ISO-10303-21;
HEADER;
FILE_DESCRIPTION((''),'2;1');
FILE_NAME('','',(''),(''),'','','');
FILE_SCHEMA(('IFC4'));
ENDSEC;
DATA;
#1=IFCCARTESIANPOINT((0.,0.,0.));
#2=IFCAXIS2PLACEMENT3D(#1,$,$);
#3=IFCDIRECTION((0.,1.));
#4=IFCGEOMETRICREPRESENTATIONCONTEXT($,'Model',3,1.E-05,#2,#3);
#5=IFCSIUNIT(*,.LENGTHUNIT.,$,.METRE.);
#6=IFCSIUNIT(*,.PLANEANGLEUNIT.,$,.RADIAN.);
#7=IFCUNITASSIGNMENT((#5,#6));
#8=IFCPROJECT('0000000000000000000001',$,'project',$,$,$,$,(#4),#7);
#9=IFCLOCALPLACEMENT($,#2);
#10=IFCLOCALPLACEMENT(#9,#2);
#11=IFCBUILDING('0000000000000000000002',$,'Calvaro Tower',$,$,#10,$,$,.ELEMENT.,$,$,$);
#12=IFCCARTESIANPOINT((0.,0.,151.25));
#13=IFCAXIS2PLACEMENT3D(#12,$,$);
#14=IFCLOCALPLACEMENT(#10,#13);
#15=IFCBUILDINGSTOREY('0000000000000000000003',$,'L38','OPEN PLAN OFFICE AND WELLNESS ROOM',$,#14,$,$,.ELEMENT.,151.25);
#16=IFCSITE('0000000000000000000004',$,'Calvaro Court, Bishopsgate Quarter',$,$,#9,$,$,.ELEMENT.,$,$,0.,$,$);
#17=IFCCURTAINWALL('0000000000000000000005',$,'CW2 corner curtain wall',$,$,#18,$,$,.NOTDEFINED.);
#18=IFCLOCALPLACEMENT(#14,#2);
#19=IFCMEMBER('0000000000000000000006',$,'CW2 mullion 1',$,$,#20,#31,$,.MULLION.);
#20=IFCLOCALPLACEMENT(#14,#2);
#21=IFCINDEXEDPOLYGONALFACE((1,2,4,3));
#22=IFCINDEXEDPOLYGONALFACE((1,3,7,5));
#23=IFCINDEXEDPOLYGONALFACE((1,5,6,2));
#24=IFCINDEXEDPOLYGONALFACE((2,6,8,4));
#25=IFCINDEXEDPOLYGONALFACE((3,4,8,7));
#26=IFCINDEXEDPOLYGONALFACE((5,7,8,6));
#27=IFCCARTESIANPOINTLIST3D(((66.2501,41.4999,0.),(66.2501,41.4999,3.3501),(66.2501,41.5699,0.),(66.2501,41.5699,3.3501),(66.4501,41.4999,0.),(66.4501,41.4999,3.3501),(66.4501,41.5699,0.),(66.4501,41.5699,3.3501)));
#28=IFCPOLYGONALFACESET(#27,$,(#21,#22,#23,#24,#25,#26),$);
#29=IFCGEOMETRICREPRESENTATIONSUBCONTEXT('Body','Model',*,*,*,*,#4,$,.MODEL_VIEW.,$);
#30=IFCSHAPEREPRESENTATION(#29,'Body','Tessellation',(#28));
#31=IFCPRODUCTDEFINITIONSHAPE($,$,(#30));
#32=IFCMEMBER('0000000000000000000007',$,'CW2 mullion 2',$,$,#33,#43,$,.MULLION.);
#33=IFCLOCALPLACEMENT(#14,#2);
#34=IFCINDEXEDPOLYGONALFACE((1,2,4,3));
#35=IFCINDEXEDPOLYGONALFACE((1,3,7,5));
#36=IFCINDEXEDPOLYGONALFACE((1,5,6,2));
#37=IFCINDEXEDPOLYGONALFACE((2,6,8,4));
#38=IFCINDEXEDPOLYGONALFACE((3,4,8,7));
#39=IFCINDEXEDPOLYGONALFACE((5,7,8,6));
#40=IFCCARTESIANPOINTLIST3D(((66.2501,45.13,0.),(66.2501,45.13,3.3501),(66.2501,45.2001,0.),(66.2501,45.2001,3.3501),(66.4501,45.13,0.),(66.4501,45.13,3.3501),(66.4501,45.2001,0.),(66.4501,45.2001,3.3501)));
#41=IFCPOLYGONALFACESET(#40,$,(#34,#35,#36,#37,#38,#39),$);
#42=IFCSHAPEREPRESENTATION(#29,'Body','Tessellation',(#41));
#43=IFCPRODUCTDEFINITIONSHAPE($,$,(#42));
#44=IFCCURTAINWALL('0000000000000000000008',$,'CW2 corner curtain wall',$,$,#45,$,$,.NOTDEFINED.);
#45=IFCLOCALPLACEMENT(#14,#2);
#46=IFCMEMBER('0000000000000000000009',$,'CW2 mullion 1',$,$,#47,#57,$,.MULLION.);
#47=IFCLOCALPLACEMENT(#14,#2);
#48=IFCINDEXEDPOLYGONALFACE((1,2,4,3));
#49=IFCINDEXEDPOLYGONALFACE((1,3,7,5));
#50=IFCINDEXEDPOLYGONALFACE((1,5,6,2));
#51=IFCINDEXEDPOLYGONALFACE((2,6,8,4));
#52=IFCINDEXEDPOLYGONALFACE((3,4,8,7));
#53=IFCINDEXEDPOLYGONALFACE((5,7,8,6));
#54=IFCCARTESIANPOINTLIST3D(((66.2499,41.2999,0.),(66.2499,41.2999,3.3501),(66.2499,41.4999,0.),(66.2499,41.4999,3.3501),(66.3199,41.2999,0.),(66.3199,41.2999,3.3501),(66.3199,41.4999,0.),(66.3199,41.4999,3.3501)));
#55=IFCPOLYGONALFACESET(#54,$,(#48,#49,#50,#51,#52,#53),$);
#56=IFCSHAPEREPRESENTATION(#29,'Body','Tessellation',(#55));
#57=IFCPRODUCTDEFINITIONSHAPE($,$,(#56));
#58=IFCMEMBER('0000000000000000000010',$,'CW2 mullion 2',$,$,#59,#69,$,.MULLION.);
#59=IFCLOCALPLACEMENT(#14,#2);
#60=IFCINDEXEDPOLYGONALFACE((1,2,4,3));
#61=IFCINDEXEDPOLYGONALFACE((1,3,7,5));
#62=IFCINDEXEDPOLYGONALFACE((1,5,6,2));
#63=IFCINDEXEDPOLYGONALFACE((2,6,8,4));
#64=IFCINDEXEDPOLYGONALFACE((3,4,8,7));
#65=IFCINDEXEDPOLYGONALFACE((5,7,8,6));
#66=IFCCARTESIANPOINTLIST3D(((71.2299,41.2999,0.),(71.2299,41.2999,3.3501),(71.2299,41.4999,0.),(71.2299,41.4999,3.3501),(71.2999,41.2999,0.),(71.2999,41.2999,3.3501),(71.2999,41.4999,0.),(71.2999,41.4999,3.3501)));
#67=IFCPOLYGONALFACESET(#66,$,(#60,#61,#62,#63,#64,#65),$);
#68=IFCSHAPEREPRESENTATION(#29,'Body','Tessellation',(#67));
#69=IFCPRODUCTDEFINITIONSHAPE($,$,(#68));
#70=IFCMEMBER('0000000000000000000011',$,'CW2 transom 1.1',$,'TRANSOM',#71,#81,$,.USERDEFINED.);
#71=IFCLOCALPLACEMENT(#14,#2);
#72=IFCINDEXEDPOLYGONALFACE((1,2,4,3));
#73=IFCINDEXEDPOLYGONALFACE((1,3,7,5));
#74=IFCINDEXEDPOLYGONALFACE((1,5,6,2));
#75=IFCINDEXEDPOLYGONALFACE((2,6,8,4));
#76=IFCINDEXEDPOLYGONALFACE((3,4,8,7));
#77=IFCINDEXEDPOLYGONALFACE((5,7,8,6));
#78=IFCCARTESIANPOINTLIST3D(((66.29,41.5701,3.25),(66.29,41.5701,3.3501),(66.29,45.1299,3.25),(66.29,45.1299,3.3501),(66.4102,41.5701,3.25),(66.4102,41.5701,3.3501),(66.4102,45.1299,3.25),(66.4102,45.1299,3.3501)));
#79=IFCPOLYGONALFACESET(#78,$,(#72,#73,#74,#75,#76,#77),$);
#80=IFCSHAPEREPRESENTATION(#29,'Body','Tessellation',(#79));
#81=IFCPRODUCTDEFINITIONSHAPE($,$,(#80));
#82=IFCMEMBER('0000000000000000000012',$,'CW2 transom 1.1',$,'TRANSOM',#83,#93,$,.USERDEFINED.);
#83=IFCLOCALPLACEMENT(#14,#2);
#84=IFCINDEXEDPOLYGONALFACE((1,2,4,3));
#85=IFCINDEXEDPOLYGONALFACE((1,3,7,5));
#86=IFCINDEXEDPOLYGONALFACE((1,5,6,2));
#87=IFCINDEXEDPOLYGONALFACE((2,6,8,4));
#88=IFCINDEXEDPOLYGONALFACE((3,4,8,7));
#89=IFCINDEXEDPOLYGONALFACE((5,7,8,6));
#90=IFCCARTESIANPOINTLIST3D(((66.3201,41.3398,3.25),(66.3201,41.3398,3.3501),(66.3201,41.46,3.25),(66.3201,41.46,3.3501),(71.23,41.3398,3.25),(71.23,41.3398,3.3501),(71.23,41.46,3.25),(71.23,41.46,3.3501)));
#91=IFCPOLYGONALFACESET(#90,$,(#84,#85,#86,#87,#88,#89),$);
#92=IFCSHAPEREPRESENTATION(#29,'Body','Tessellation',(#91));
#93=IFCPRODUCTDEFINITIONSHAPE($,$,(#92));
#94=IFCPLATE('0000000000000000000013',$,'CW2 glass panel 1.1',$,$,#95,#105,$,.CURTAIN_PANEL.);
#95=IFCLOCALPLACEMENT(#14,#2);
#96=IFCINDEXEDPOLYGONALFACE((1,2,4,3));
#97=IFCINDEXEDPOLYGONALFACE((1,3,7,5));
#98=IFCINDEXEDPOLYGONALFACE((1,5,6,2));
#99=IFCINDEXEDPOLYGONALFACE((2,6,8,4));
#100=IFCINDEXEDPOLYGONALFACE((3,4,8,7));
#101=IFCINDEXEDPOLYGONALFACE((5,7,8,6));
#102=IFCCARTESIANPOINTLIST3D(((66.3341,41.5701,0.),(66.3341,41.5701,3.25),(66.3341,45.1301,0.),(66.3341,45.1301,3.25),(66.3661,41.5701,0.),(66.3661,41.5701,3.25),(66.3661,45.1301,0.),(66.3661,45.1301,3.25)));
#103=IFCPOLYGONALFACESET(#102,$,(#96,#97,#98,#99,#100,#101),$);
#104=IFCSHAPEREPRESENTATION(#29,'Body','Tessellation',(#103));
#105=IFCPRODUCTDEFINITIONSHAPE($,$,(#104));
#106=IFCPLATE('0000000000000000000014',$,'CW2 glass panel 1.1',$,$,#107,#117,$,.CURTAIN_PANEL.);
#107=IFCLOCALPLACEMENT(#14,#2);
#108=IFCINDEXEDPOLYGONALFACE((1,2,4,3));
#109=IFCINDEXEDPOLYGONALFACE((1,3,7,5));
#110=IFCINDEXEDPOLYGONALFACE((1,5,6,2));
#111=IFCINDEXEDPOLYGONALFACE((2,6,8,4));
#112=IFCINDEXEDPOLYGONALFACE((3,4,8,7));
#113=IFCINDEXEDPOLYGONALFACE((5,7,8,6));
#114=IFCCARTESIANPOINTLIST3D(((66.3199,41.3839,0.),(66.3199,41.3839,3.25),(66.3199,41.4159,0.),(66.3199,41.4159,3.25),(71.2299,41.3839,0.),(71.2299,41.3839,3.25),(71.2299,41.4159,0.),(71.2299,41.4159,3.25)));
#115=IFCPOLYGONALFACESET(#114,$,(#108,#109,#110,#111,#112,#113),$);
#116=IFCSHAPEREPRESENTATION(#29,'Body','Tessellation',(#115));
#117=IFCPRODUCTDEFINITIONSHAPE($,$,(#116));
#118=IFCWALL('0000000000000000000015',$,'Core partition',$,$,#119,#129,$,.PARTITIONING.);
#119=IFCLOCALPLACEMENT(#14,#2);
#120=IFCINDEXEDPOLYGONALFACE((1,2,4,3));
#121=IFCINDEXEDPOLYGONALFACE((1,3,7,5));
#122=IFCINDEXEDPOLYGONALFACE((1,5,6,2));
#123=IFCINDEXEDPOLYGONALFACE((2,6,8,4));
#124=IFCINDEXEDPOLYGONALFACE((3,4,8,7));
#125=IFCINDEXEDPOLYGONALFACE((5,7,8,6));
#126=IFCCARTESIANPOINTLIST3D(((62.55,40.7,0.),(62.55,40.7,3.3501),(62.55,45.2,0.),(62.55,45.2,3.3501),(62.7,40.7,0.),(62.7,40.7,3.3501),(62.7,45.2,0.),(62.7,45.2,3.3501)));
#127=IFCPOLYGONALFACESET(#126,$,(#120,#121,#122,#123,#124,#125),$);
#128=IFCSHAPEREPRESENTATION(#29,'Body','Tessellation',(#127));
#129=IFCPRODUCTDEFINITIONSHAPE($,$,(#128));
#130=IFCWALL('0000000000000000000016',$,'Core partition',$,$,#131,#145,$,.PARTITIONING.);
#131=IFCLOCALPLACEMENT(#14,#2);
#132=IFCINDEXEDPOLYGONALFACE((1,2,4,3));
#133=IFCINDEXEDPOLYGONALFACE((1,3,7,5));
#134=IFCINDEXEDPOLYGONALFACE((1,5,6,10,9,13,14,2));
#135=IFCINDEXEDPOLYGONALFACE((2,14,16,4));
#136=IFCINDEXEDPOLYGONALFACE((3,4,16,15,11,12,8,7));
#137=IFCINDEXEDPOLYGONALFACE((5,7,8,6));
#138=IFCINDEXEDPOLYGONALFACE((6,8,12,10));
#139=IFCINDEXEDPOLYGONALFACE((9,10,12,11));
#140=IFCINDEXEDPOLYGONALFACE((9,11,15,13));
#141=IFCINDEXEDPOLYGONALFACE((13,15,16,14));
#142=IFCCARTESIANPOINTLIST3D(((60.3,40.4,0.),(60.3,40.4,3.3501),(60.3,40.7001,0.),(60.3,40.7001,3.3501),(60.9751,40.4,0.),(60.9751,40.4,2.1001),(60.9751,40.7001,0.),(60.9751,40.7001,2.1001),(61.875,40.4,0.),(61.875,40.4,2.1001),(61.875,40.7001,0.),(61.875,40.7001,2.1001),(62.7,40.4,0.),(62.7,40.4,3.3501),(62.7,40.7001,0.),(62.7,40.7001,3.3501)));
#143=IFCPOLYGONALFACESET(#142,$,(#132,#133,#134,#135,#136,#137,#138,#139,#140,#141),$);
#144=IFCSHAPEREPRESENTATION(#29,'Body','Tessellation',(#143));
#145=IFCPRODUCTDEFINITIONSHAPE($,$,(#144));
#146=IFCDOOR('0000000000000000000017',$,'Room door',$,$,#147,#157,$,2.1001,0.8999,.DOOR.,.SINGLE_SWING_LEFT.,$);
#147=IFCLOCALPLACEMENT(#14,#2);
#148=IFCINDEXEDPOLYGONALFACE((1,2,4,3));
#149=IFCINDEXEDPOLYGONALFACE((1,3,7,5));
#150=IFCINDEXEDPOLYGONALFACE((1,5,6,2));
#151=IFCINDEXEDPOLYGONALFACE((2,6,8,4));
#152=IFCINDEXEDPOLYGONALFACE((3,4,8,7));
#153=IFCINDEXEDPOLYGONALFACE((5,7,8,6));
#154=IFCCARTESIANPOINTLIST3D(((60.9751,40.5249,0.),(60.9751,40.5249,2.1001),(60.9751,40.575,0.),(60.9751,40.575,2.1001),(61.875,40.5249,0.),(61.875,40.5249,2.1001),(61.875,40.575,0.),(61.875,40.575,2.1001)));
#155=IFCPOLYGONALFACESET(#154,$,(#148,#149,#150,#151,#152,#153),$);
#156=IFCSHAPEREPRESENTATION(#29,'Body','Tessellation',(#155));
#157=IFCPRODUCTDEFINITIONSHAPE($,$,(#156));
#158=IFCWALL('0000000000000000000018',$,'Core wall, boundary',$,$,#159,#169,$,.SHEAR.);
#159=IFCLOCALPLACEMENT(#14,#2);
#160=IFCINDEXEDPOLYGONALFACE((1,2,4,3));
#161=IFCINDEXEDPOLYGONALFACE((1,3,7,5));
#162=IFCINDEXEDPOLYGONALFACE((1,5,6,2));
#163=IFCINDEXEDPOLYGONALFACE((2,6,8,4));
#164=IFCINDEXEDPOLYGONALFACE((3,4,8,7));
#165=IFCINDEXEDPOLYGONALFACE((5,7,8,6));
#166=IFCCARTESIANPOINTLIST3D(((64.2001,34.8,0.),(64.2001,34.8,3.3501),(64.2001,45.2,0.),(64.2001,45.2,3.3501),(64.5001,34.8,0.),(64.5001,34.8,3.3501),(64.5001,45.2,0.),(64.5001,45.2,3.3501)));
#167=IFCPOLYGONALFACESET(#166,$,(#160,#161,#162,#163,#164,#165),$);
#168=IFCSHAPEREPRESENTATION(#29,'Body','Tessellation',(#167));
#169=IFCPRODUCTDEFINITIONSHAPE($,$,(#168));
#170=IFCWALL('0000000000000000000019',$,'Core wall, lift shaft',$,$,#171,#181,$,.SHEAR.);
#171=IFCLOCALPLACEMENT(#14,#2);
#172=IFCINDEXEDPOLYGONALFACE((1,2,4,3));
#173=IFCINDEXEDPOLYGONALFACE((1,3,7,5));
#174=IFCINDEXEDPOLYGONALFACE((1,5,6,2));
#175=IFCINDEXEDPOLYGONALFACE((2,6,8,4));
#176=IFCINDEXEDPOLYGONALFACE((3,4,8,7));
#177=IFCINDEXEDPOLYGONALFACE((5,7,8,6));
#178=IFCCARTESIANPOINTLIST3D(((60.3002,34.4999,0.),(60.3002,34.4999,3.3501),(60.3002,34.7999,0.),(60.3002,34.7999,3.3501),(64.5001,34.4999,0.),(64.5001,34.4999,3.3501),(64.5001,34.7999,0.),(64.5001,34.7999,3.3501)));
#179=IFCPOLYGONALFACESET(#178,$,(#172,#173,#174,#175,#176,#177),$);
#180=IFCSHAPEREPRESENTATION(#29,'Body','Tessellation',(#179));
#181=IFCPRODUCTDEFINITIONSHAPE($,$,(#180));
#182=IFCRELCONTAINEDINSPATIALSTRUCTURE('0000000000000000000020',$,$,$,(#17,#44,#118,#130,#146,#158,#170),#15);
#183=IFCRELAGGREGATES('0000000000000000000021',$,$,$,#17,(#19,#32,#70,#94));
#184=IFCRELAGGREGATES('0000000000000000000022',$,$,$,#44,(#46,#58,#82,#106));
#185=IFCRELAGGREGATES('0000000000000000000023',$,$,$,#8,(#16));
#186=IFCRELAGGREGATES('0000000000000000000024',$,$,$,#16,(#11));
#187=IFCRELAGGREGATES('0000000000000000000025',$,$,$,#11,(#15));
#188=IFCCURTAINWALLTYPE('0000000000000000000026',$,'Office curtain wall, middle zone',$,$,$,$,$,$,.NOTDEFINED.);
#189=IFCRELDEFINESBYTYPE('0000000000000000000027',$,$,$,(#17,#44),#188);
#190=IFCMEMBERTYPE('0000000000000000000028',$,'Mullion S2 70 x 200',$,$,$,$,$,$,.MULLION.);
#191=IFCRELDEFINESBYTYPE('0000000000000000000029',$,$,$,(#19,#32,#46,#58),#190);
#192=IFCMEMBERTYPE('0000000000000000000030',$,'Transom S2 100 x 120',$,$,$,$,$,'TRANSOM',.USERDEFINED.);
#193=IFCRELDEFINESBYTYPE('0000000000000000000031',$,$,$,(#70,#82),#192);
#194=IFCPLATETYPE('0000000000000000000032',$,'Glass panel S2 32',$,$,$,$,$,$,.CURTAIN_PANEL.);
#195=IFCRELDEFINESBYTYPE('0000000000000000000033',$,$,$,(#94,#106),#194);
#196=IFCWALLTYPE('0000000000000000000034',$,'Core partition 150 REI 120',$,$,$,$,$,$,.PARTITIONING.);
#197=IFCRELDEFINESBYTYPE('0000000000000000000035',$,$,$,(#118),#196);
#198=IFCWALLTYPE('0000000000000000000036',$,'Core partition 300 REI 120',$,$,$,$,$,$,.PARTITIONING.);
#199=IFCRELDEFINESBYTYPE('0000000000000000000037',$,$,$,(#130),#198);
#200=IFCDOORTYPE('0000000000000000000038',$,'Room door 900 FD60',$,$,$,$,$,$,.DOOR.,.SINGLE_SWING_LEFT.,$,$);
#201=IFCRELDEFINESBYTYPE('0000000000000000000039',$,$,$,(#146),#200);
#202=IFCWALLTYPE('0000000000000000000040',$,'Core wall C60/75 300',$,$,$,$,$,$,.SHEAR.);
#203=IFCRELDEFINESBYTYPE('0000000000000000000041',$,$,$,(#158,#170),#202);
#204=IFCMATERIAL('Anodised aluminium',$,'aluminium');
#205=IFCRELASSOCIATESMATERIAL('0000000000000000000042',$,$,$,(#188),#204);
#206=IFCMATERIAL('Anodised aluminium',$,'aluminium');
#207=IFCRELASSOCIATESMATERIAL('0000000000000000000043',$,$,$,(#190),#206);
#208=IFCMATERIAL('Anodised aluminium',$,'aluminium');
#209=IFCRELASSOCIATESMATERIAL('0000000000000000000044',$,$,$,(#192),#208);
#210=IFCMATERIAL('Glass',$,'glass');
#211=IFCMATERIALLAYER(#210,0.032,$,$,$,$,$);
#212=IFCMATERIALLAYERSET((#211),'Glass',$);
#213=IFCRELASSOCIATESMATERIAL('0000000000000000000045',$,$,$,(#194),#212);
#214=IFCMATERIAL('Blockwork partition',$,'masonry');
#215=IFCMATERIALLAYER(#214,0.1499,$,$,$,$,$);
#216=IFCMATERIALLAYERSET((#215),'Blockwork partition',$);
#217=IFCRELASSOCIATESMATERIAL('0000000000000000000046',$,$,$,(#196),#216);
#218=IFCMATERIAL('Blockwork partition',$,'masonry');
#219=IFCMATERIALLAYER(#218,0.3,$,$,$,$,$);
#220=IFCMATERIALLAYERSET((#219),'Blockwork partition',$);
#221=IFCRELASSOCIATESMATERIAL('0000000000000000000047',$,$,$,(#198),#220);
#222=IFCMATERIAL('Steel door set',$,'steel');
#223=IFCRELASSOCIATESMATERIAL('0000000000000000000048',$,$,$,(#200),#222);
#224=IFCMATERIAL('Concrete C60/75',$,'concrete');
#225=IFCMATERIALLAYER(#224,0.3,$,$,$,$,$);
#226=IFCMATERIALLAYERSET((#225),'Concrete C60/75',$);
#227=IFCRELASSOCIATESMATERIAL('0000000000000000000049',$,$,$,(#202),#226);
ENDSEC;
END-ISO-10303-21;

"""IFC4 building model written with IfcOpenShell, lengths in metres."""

from ifc_helpers import new_model, si_unit, direction, frame, frame_2d, origin, origin_2d, place, context, subcontext, project, spatial, rectangle, extrude, material, layer, layer_set, material_profile, profile_set, type_object, element, fill, aggregate, save


model = new_model("IFC4")

# Units and contexts
model_context = context("Model", 3, precision=1e-05, world=origin(), true_north=direction((0.0, 1.0)))
body_context = subcontext(model_context, "Body", "Model", "MODEL_VIEW")
ifc_project = project(units=[si_unit("LENGTHUNIT", "METRE"), si_unit("PLANEANGLEUNIT", "RADIAN")], contexts=[model_context])

# Site, building, storey
site_placement = place(None, origin())
site = spatial("IfcSite", under=ifc_project, at=site_placement, Name="Calvaro Court, Bishopsgate Quarter", CompositionType="ELEMENT", RefElevation=0.0)
building_placement = place(site_placement, origin())
building = spatial("IfcBuilding", under=site, at=building_placement, Name="Calvaro Tower", CompositionType="ELEMENT")
storey_placement = place(building_placement, frame((0.0, 0.0, 151.25)))
storey = spatial("IfcBuildingStorey", under=building, at=storey_placement, Name="L38", Description="OPEN PLAN OFFICE AND WELLNESS ROOM", CompositionType="ELEMENT", Elevation=151.25)

# Curtain walls, members
ifc_material_1 = material(Name="Anodised aluminium", Category="aluminium")
curtain_wall_type = type_object("IfcCurtainWallType", Name="Office curtain wall, middle zone", PredefinedType="NOTDEFINED", material=ifc_material_1)
curtain_wall_1_placement = place(storey_placement, origin())
curtain_wall_1 = element("IfcCurtainWall", 1, at=curtain_wall_1_placement, inside=storey, type_object=curtain_wall_type, Name="CW2 corner curtain wall", PredefinedType="NOTDEFINED")
ifc_material_2 = material(Name="Anodised aluminium", Category="aluminium")
ifc_material_profile_1 = material_profile(ifc_material_2, rectangle(XDim=0.2, YDim=0.0701, at=origin_2d()), Name="Mullion S2 70 x 200")
ifc_profile_set_1 = profile_set([ifc_material_profile_1], Name="Anodised aluminium")
member_type_1 = type_object("IfcMemberType", Name="Mullion S2 70 x 200", PredefinedType="MULLION", material=ifc_profile_set_1)
member_1_placement = place(storey_placement, frame((66.3501, 41.5349, 0.0), z_axis=(0.0, 0.0, 1.0), x_axis=(-1.0, 0.0, 0.0)))
member_1 = element("IfcMember", 2, at=member_1_placement, type_object=member_type_1, Name="CW2 mullion 1", PredefinedType="MULLION", context=body_context, shape_type="SweptSolid", body=[
    extrude(rectangle(XDim=0.2, YDim=0.0701, at=origin_2d()), origin(), (0.0, 0.0, 1.0), 3.3501),
])
member_2_placement = place(storey_placement, frame((66.3501, 45.165, 0.0), z_axis=(0.0, 0.0, 1.0), x_axis=(-1.0, 0.0, 0.0)))
member_2 = element("IfcMember", 3, at=member_2_placement, type_object=member_type_1, Name="CW2 mullion 2", PredefinedType="MULLION", context=body_context, shape_type="SweptSolid", body=[
    extrude(rectangle(XDim=0.2, YDim=0.0701, at=origin_2d()), origin(), (0.0, 0.0, 1.0), 3.3501),
])
curtain_wall_2_placement = place(storey_placement, origin())
curtain_wall_2 = element("IfcCurtainWall", 4, at=curtain_wall_2_placement, inside=storey, type_object=curtain_wall_type, Name="CW2 corner curtain wall", PredefinedType="NOTDEFINED")
member_3_placement = place(storey_placement, frame((66.2849, 41.3999, 0.0), z_axis=(0.0, 0.0, 1.0), x_axis=(0.0, 1.0, 0.0)))
member_3 = element("IfcMember", 5, at=member_3_placement, type_object=member_type_1, Name="CW2 mullion 1", PredefinedType="MULLION", context=body_context, shape_type="SweptSolid", body=[
    extrude(rectangle(XDim=0.2, YDim=0.0701, at=origin_2d()), origin(), (0.0, 0.0, 1.0), 3.3501),
])
member_4_placement = place(storey_placement, frame((71.2649, 41.3999, 0.0), z_axis=(0.0, 0.0, 1.0), x_axis=(0.0, 1.0, 0.0)))
member_4 = element("IfcMember", 6, at=member_4_placement, type_object=member_type_1, Name="CW2 mullion 2", PredefinedType="MULLION", context=body_context, shape_type="SweptSolid", body=[
    extrude(rectangle(XDim=0.2, YDim=0.0701, at=origin_2d()), origin(), (0.0, 0.0, 1.0), 3.3501),
])

# Members
ifc_material_3 = material(Name="Anodised aluminium", Category="aluminium")
ifc_material_profile_2 = material_profile(ifc_material_3, rectangle(XDim=0.1201, YDim=0.1001, at=origin_2d()), Name="Transom S2 100 x 120")
ifc_profile_set_2 = profile_set([ifc_material_profile_2], Name="Anodised aluminium")
member_type_2 = type_object("IfcMemberType", Name="Transom S2 100 x 120", ElementType="TRANSOM", PredefinedType="USERDEFINED", material=ifc_profile_set_2)
member_5_placement = place(storey_placement, frame((66.3501, 41.5701, 3.3), z_axis=(0.0, 1.0, 0.0), x_axis=(-1.0, 0.0, 0.0)))
member_5 = element("IfcMember", 7, at=member_5_placement, type_object=member_type_2, Name="CW2 transom 1.1", ObjectType="TRANSOM", PredefinedType="USERDEFINED", context=body_context, shape_type="SweptSolid", body=[
    extrude(rectangle(XDim=0.1201, YDim=0.1001, at=origin_2d()), origin(), (0.0, 0.0, 1.0), 3.5598),
])
member_6_placement = place(storey_placement, frame((66.3201, 41.3999, 3.3), z_axis=(1.0, 0.0, 0.0), x_axis=(0.0, 1.0, 0.0)))
member_6 = element("IfcMember", 8, at=member_6_placement, type_object=member_type_2, Name="CW2 transom 1.1", ObjectType="TRANSOM", PredefinedType="USERDEFINED", context=body_context, shape_type="SweptSolid", body=[
    extrude(rectangle(XDim=0.1201, YDim=0.1001, at=origin_2d()), origin(), (0.0, 0.0, 1.0), 4.9099),
])

# Plates
ifc_material_4 = material(Name="Glass", Category="glass")
ifc_layer_1 = layer(ifc_material_4, 0.032)
ifc_layer_set_1 = layer_set([ifc_layer_1], Name="Glass")
plate_type = type_object("IfcPlateType", Name="Glass panel S2 32", PredefinedType="CURTAIN_PANEL", material=ifc_layer_set_1)
plate_1_placement = place(storey_placement, frame((66.3501, 43.3501, 0.0), z_axis=(0.0, 0.0, 1.0), x_axis=(0.0, 1.0, 0.0)))
plate_1 = element("IfcPlate", 9, at=plate_1_placement, type_object=plate_type, Name="CW2 glass panel 1.1", PredefinedType="CURTAIN_PANEL", context=body_context, shape_type="SweptSolid", body=[
    extrude(rectangle(XDim=3.5601, YDim=0.032, at=origin_2d()), origin(), (0.0, 0.0, 1.0), 3.25),
])
aggregate(curtain_wall_1, [member_1, member_2, member_5, plate_1])
plate_2_placement = place(storey_placement, frame((68.7749, 41.3999, 0.0), z_axis=(0.0, 0.0, 1.0), x_axis=(1.0, 0.0, 0.0)))
plate_2 = element("IfcPlate", 10, at=plate_2_placement, type_object=plate_type, Name="CW2 glass panel 1.1", PredefinedType="CURTAIN_PANEL", context=body_context, shape_type="SweptSolid", body=[
    extrude(rectangle(XDim=4.9099, YDim=0.032, at=origin_2d()), origin(), (0.0, 0.0, 1.0), 3.25),
])
aggregate(curtain_wall_2, [member_3, member_4, member_6, plate_2])

# Wall
ifc_material_5 = material(Name="Blockwork partition", Category="masonry")
ifc_layer_2 = layer(ifc_material_5, 0.1499)
ifc_layer_set_2 = layer_set([ifc_layer_2], Name="Blockwork partition")
wall_type_1 = type_object("IfcWallType", Name="Core partition 150 REI 120", PredefinedType="PARTITIONING", material=ifc_layer_set_2)
wall_1_placement = place(storey_placement, frame((62.625, 40.7, 0.0), z_axis=(0.0, 0.0, 1.0), x_axis=(0.0, 1.0, 0.0)))
element("IfcWall", 11, at=wall_1_placement, inside=storey, type_object=wall_type_1, Name="Core partition", PredefinedType="PARTITIONING", context=body_context, shape_type="SweptSolid", body=[
    extrude(rectangle(XDim=4.5, YDim=0.1499, at=frame_2d((2.25, 0.0))), origin(), (0.0, 0.0, 1.0), 3.3501),
])

# Wall, opening, door
ifc_material_6 = material(Name="Blockwork partition", Category="masonry")
ifc_layer_3 = layer(ifc_material_6, 0.3)
ifc_layer_set_3 = layer_set([ifc_layer_3], Name="Blockwork partition")
wall_type_2 = type_object("IfcWallType", Name="Core partition 300 REI 120", PredefinedType="PARTITIONING", material=ifc_layer_set_3)
wall_2_placement = place(storey_placement, frame((60.3, 40.55, 0.0), z_axis=(0.0, 0.0, 1.0), x_axis=(1.0, 0.0, 0.0)))
wall_2 = element("IfcWall", 12, at=wall_2_placement, inside=storey, type_object=wall_type_2, Name="Core partition", PredefinedType="PARTITIONING", context=body_context, shape_type="SweptSolid", body=[
    extrude(rectangle(XDim=2.3999, YDim=0.3, at=frame_2d((1.2, 0.0))), origin(), (0.0, 0.0, 1.0), 3.3501),
])
opening_1_placement = place(wall_2_placement, frame((0.675, 0.0, 0.0)))
opening_1 = element("IfcOpeningElement", 13, at=opening_1_placement, cuts=wall_2, PredefinedType="OPENING", context=body_context, shape_type="SweptSolid", body=[
    extrude(rectangle(XDim=0.8999, YDim=2.1001, at=frame_2d((0.45, 1.05))), frame((0.0, 0.1599, 0.0), z_axis=(0.0, -1.0, 0.0), x_axis=(1.0, 0.0, 0.0)), (0.0, 0.0, 1.0), 0.3201),
])
ifc_material_7 = material(Name="Steel door set", Category="steel")
door_type_1 = type_object("IfcDoorType", Name="Room door 900 FD60", OperationType="SINGLE_SWING_LEFT", PredefinedType="DOOR", material=ifc_material_7)
door_1_placement = place(opening_1_placement, origin())
door_1 = element("IfcDoor", 14, at=door_1_placement, inside=storey, type_object=door_type_1, Name="Room door", OperationType="SINGLE_SWING_LEFT", OverallHeight=2.1001, OverallWidth=0.8999, PredefinedType="DOOR", context=body_context, shape_type="SweptSolid", body=[
    extrude(rectangle(XDim=0.8999, YDim=2.1001, at=frame_2d((0.45, 1.05))), frame((0.0, 0.0249, 0.0), z_axis=(0.0, -1.0, 0.0), x_axis=(1.0, 0.0, 0.0)), (0.0, 0.0, 1.0), 0.05),
])
fill(opening_1, door_1)

# Walls
ifc_material_8 = material(Name="Concrete C60/75", Category="concrete")
ifc_layer_4 = layer(ifc_material_8, 0.3)
ifc_layer_set_4 = layer_set([ifc_layer_4], Name="Concrete C60/75")
wall_type_3 = type_object("IfcWallType", Name="Core wall C60/75 300", PredefinedType="SHEAR", material=ifc_layer_set_4)
wall_3_placement = place(storey_placement, frame((64.3501, 34.8, 0.0), z_axis=(0.0, 0.0, 1.0), x_axis=(0.0, 1.0, 0.0)))
element("IfcWall", 15, at=wall_3_placement, inside=storey, type_object=wall_type_3, Name="Core wall, boundary", PredefinedType="SHEAR", context=body_context, shape_type="SweptSolid", body=[
    extrude(rectangle(XDim=10.3999, YDim=0.3, at=frame_2d((5.2, 0.0))), origin(), (0.0, 0.0, 1.0), 3.3501),
])
wall_4_placement = place(storey_placement, frame((60.3, 34.6499, 0.0), z_axis=(0.0, 0.0, 1.0), x_axis=(1.0, 0.0, 0.0)))
element("IfcWall", 16, at=wall_4_placement, inside=storey, type_object=wall_type_3, Name="Core wall, lift shaft", PredefinedType="SHEAR", context=body_context, shape_type="SweptSolid", body=[
    extrude(rectangle(XDim=4.2, YDim=0.3, at=frame_2d((2.1001, 0.0))), origin(), (0.0, 0.0, 1.0), 3.3501),
])

save(model, "model.ifc")
